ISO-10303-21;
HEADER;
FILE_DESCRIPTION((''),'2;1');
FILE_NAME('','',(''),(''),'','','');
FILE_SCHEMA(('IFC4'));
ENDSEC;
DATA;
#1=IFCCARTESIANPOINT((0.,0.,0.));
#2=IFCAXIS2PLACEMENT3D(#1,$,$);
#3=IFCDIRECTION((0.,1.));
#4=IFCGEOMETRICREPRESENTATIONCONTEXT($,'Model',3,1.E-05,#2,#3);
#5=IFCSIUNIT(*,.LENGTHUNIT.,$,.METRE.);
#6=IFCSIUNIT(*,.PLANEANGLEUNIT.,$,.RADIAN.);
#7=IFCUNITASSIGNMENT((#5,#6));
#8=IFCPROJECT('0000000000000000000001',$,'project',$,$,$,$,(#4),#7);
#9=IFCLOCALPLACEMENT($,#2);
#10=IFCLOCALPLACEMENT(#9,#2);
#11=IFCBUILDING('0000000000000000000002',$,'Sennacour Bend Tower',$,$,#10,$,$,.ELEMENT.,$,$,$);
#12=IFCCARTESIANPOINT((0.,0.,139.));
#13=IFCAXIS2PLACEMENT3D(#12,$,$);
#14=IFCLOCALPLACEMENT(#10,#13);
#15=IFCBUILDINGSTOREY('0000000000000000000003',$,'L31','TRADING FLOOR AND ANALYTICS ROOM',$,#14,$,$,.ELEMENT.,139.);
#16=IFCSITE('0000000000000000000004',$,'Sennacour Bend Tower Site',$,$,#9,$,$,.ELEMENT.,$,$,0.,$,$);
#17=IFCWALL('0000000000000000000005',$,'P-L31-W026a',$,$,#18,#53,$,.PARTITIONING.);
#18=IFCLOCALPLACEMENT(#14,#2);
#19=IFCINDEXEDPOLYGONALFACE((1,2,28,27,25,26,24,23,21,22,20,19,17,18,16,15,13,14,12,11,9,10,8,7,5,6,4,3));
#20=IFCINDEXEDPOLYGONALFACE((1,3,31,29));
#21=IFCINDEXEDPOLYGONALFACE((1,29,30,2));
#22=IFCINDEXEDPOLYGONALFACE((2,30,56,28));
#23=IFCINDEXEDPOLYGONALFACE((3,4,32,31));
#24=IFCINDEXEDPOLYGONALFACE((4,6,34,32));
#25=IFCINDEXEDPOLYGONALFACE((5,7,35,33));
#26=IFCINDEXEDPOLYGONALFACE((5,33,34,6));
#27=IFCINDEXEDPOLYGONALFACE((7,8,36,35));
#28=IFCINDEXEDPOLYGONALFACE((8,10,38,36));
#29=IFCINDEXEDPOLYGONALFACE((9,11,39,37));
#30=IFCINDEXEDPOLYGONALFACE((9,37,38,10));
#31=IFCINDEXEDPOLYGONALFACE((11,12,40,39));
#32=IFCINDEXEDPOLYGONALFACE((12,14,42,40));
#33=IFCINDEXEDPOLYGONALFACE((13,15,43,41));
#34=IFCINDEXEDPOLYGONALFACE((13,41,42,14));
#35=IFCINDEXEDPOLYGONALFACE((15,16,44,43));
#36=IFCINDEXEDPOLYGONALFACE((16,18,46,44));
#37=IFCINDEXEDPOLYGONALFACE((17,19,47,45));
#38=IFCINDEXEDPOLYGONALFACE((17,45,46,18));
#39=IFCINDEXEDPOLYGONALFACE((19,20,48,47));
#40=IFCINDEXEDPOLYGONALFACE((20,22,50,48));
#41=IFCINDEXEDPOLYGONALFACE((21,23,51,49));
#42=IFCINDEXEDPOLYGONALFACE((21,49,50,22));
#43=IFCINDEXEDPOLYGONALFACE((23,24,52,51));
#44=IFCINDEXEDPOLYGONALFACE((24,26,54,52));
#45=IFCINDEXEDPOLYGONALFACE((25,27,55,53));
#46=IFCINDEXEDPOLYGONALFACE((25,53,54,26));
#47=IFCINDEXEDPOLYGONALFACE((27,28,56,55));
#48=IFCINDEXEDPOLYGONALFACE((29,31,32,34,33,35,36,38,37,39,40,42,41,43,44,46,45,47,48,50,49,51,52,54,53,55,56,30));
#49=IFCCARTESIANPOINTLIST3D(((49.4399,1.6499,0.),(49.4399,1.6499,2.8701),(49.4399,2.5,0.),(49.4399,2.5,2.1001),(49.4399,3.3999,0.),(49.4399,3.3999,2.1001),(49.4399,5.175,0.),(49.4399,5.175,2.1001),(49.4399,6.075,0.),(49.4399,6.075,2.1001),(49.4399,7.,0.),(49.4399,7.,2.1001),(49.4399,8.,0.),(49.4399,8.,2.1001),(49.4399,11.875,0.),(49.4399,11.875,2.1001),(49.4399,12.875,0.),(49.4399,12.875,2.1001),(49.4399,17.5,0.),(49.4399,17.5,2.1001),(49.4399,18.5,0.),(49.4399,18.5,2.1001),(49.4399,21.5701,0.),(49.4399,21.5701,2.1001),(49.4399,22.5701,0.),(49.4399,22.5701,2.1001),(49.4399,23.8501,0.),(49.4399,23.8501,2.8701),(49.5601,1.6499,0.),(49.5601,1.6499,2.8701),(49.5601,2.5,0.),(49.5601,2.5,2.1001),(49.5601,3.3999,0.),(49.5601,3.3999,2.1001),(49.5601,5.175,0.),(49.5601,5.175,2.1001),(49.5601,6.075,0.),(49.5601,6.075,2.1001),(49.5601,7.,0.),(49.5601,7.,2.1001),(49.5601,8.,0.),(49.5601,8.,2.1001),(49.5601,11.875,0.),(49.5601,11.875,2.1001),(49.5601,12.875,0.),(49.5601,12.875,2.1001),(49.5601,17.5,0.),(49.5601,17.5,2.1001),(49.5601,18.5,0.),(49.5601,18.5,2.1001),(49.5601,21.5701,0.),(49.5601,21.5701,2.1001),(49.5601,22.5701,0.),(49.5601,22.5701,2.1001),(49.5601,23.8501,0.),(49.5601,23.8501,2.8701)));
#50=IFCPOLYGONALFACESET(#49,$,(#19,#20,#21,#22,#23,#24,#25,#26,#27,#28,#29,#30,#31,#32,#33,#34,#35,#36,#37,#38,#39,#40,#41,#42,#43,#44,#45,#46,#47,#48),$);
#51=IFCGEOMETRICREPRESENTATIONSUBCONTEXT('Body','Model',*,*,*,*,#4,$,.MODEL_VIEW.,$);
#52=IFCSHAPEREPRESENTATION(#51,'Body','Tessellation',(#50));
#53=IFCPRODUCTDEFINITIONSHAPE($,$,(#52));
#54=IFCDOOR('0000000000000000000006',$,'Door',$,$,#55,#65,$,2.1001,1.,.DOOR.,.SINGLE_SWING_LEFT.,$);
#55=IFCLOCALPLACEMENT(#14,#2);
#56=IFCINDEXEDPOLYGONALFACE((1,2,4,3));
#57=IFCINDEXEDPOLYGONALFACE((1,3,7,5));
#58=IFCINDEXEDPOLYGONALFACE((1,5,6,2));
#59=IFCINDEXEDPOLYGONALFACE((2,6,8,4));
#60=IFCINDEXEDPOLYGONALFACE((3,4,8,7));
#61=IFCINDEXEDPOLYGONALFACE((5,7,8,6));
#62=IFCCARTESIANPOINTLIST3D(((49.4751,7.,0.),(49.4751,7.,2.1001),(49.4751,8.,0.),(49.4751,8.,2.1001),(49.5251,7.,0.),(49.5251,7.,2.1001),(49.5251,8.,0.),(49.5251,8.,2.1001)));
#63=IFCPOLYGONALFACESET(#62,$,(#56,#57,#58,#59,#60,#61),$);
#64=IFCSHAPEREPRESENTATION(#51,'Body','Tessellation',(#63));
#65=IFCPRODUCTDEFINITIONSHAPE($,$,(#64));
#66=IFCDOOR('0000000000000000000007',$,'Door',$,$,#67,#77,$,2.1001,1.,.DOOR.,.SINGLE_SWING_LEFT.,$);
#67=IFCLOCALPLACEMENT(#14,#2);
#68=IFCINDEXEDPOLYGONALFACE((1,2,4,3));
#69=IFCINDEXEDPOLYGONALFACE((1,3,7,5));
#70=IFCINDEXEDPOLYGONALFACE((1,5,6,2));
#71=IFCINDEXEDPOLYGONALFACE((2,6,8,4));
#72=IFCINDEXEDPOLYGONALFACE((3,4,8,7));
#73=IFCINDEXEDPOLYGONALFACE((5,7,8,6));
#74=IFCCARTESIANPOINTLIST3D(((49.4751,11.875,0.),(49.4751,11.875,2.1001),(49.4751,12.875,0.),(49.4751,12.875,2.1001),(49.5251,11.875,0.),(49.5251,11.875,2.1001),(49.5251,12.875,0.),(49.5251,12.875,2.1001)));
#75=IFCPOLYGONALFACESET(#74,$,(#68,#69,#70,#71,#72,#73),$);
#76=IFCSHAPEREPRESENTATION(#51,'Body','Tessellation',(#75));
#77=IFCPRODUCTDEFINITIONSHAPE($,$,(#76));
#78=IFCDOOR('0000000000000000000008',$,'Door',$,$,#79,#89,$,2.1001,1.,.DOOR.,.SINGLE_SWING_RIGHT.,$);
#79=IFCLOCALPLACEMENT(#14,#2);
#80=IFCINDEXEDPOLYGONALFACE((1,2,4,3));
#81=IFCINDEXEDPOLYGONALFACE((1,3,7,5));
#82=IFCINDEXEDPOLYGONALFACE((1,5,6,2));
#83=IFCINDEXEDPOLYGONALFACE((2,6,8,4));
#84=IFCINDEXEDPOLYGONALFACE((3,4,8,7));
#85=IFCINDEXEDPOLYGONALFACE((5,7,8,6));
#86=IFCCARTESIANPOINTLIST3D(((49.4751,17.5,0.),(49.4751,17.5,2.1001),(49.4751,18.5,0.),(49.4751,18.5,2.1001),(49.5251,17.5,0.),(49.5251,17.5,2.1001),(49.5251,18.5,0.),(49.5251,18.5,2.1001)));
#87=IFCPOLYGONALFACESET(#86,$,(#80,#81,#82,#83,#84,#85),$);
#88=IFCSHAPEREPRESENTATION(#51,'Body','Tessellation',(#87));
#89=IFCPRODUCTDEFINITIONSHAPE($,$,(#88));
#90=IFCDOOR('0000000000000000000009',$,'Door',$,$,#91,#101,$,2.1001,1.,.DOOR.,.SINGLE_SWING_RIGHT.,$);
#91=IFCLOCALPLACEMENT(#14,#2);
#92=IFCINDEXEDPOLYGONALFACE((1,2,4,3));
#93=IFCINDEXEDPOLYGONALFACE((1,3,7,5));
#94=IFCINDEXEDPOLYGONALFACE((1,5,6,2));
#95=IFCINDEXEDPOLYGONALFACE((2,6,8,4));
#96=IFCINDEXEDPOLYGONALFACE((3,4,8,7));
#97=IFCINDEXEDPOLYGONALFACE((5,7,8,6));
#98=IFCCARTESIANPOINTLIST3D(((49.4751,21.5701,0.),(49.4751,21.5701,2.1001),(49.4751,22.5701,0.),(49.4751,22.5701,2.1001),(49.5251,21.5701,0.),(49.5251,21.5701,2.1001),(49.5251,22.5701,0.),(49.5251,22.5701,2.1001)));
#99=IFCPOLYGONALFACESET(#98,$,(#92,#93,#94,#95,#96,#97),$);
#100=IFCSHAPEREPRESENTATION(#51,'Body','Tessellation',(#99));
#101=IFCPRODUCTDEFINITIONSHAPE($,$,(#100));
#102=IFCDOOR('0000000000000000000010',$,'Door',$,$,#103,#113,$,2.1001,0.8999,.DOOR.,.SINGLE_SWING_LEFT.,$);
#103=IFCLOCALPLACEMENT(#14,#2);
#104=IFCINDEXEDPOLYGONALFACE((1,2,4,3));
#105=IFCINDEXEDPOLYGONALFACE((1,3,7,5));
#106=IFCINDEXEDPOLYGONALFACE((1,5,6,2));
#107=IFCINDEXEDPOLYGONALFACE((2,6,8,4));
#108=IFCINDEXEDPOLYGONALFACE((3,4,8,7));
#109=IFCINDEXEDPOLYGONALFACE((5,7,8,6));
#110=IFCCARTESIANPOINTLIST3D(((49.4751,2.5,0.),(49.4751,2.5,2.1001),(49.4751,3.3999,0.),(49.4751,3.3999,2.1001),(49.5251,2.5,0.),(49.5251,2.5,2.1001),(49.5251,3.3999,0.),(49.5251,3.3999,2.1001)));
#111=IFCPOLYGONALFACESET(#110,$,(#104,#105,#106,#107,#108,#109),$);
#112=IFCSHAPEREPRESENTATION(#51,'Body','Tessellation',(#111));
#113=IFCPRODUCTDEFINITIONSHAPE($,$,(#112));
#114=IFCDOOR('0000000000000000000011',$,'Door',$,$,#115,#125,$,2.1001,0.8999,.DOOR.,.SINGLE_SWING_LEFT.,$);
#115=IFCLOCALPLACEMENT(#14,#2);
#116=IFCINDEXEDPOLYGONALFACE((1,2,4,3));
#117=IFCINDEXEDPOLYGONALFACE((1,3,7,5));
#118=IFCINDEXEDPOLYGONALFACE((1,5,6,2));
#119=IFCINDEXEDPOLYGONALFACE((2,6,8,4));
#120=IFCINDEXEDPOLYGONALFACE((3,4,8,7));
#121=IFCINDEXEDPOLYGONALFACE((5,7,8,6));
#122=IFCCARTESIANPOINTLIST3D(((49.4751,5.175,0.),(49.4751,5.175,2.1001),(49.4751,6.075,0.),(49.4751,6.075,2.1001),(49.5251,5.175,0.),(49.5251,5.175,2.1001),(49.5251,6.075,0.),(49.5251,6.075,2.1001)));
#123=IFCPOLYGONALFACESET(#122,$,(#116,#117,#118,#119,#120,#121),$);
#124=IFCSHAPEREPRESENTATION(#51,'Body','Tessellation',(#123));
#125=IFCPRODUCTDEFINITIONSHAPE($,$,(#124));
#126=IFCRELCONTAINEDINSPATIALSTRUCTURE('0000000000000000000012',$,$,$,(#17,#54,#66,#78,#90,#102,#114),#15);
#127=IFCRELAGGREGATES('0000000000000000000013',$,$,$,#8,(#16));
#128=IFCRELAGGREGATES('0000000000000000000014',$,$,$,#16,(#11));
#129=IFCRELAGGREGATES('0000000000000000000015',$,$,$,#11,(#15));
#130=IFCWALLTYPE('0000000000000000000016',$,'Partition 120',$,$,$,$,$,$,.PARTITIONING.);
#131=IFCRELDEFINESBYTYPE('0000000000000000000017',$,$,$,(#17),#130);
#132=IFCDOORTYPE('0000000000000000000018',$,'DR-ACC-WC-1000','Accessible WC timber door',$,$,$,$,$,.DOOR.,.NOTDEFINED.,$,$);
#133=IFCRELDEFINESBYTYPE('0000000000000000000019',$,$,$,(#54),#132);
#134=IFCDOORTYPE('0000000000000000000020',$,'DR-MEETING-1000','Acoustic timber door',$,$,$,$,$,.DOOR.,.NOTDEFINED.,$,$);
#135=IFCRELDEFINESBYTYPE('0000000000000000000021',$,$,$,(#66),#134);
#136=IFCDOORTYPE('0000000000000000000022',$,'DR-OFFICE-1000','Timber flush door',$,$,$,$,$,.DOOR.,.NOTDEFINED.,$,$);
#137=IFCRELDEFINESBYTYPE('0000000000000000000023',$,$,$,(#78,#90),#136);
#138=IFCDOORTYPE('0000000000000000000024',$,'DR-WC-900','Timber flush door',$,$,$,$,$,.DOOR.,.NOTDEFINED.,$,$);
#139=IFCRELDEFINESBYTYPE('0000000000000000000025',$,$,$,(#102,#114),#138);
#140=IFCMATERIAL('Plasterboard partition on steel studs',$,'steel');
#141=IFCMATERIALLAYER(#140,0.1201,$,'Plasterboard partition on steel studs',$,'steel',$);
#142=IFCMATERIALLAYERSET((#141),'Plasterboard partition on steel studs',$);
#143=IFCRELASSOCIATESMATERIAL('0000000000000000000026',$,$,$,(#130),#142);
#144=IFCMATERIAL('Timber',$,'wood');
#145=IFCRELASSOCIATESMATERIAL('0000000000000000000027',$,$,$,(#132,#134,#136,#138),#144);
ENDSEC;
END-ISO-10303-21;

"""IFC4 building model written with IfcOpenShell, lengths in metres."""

from ifc_helpers import new_model, si_unit, direction, frame, frame_2d, origin, place, context, subcontext, project, spatial, rectangle, extrude, material, layer, layer_set, type_object, element, fill, save


model = new_model("IFC4")

# Units and contexts
model_context = context("Model", 3, precision=1e-05, world=origin(), true_north=direction((0.0, 1.0)))
body_context = subcontext(model_context, "Body", "Model", "MODEL_VIEW")
ifc_project = project(units=[si_unit("LENGTHUNIT", "METRE"), si_unit("PLANEANGLEUNIT", "RADIAN")], contexts=[model_context])

# Site, building, storey
site_placement = place(None, origin())
site = spatial("IfcSite", under=ifc_project, at=site_placement, Name="Sennacour Bend Tower Site", CompositionType="ELEMENT", RefElevation=0.0)
building_placement = place(site_placement, origin())
building = spatial("IfcBuilding", under=site, at=building_placement, Name="Sennacour Bend Tower", CompositionType="ELEMENT")
storey_placement = place(building_placement, frame((0.0, 0.0, 139.0)))
storey = spatial("IfcBuildingStorey", under=building, at=storey_placement, Name="L31", Description="TRADING FLOOR AND ANALYTICS ROOM", CompositionType="ELEMENT", Elevation=139.0)

# Wall, openings, doors
ifc_material_1 = material(Name="Plasterboard partition on steel studs", Category="steel")
ifc_layer_1 = layer(ifc_material_1, 0.1201, Name="Plasterboard partition on steel studs", Category="steel")
ifc_layer_set_1 = layer_set([ifc_layer_1], Name="Plasterboard partition on steel studs")
wall_type_1 = type_object("IfcWallType", Name="Partition 120", PredefinedType="PARTITIONING", material=ifc_layer_set_1)
wall_1_placement = place(storey_placement, frame((49.5, 1.6499, 0.0), z_axis=(0.0, 0.0, 1.0), x_axis=(0.0, 1.0, 0.0)))
wall_1 = element("IfcWall", 1, at=wall_1_placement, inside=storey, type_object=wall_type_1, Name="P-L31-W026a", PredefinedType="PARTITIONING", context=body_context, shape_type="SweptSolid", body=[
    extrude(rectangle(XDim=22.2002, YDim=0.1201, at=frame_2d((11.1001, 0.0))), origin(), (0.0, 0.0, 1.0), 2.8701),
])
opening_1_placement = place(wall_1_placement, frame((0.8501, 0.0, 0.0)))
opening_1 = element("IfcOpeningElement", 2, at=opening_1_placement, cuts=wall_1, PredefinedType="OPENING", context=body_context, shape_type="SweptSolid", body=[
    extrude(rectangle(XDim=0.8999, YDim=2.1001, at=frame_2d((0.45, 1.05))), frame((0.0, 0.0701, 0.0), z_axis=(0.0, -1.0, 0.0), x_axis=(1.0, 0.0, 0.0)), (0.0, 0.0, 1.0), 0.1401),
])
opening_2_placement = place(wall_1_placement, frame((3.5251, 0.0, 0.0)))
opening_2 = element("IfcOpeningElement", 3, at=opening_2_placement, cuts=wall_1, PredefinedType="OPENING", context=body_context, shape_type="SweptSolid", body=[
    extrude(rectangle(XDim=0.8999, YDim=2.1001, at=frame_2d((0.45, 1.05))), frame((0.0, 0.0701, 0.0), z_axis=(0.0, -1.0, 0.0), x_axis=(1.0, 0.0, 0.0)), (0.0, 0.0, 1.0), 0.1401),
])
opening_3_placement = place(wall_1_placement, frame((5.3501, 0.0, 0.0)))
opening_3 = element("IfcOpeningElement", 4, at=opening_3_placement, cuts=wall_1, PredefinedType="OPENING", context=body_context, shape_type="SweptSolid", body=[
    extrude(rectangle(XDim=1.0, YDim=2.1001, at=frame_2d((0.5, 1.05))), frame((0.0, 0.0701, 0.0), z_axis=(0.0, -1.0, 0.0), x_axis=(1.0, 0.0, 0.0)), (0.0, 0.0, 1.0), 0.1401),
])
opening_4_placement = place(wall_1_placement, frame((10.2251, 0.0, 0.0)))
opening_4 = element("IfcOpeningElement", 5, at=opening_4_placement, cuts=wall_1, PredefinedType="OPENING", context=body_context, shape_type="SweptSolid", body=[
    extrude(rectangle(XDim=1.0, YDim=2.1001, at=frame_2d((0.5, 1.05))), frame((0.0, 0.0701, 0.0), z_axis=(0.0, -1.0, 0.0), x_axis=(1.0, 0.0, 0.0)), (0.0, 0.0, 1.0), 0.1401),
])
opening_5_placement = place(wall_1_placement, frame((15.8501, 0.0, 0.0)))
opening_5 = element("IfcOpeningElement", 6, at=opening_5_placement, cuts=wall_1, PredefinedType="OPENING", context=body_context, shape_type="SweptSolid", body=[
    extrude(rectangle(XDim=1.0, YDim=2.1001, at=frame_2d((0.5, 1.05))), frame((0.0, 0.0701, 0.0), z_axis=(0.0, -1.0, 0.0), x_axis=(1.0, 0.0, 0.0)), (0.0, 0.0, 1.0), 0.1401),
])
opening_6_placement = place(wall_1_placement, frame((19.9202, 0.0, 0.0)))
opening_6 = element("IfcOpeningElement", 7, at=opening_6_placement, cuts=wall_1, PredefinedType="OPENING", context=body_context, shape_type="SweptSolid", body=[
    extrude(rectangle(XDim=1.0, YDim=2.1001, at=frame_2d((0.5, 1.05))), frame((0.0, 0.0701, 0.0), z_axis=(0.0, -1.0, 0.0), x_axis=(1.0, 0.0, 0.0)), (0.0, 0.0, 1.0), 0.1401),
])
ifc_material_2 = material(Name="Timber", Category="wood")
door_type_1 = type_object("IfcDoorType", Name="DR-ACC-WC-1000", Description="Accessible WC timber door", OperationType="NOTDEFINED", PredefinedType="DOOR", material=ifc_material_2)
door_1_placement = place(opening_3_placement, origin())
door_1 = element("IfcDoor", 8, at=door_1_placement, inside=storey, type_object=door_type_1, Name="Door", OperationType="SINGLE_SWING_LEFT", OverallHeight=2.1001, OverallWidth=1.0, PredefinedType="DOOR", context=body_context, shape_type="SweptSolid", body=[
    extrude(rectangle(XDim=1.0, YDim=2.1001, at=frame_2d((0.5, 1.05))), frame((0.0, 0.0249, 0.0), z_axis=(0.0, -1.0, 0.0), x_axis=(1.0, 0.0, 0.0)), (0.0, 0.0, 1.0), 0.05),
])
fill(opening_3, door_1)
door_type_2 = type_object("IfcDoorType", Name="DR-MEETING-1000", Description="Acoustic timber door", OperationType="NOTDEFINED", PredefinedType="DOOR", material=ifc_material_2)
door_2_placement = place(opening_4_placement, origin())
door_2 = element("IfcDoor", 9, at=door_2_placement, inside=storey, type_object=door_type_2, Name="Door", OperationType="SINGLE_SWING_LEFT", OverallHeight=2.1001, OverallWidth=1.0, PredefinedType="DOOR", context=body_context, shape_type="SweptSolid", body=[
    extrude(rectangle(XDim=1.0, YDim=2.1001, at=frame_2d((0.5, 1.05))), frame((0.0, 0.0249, 0.0), z_axis=(0.0, -1.0, 0.0), x_axis=(1.0, 0.0, 0.0)), (0.0, 0.0, 1.0), 0.05),
])
fill(opening_4, door_2)
door_type_3 = type_object("IfcDoorType", Name="DR-OFFICE-1000", Description="Timber flush door", OperationType="NOTDEFINED", PredefinedType="DOOR", material=ifc_material_2)
door_3_placement = place(opening_5_placement, origin())
door_3 = element("IfcDoor", 10, at=door_3_placement, inside=storey, type_object=door_type_3, Name="Door", OperationType="SINGLE_SWING_RIGHT", OverallHeight=2.1001, OverallWidth=1.0, PredefinedType="DOOR", context=body_context, shape_type="SweptSolid", body=[
    extrude(rectangle(XDim=1.0, YDim=2.1001, at=frame_2d((0.5, 1.05))), frame((0.0, 0.0249, 0.0), z_axis=(0.0, -1.0, 0.0), x_axis=(1.0, 0.0, 0.0)), (0.0, 0.0, 1.0), 0.05),
])
fill(opening_5, door_3)
door_4_placement = place(opening_6_placement, origin())
door_4 = element("IfcDoor", 11, at=door_4_placement, inside=storey, type_object=door_type_3, Name="Door", OperationType="SINGLE_SWING_RIGHT", OverallHeight=2.1001, OverallWidth=1.0, PredefinedType="DOOR", context=body_context, shape_type="SweptSolid", body=[
    extrude(rectangle(XDim=1.0, YDim=2.1001, at=frame_2d((0.5, 1.05))), frame((0.0, 0.0249, 0.0), z_axis=(0.0, -1.0, 0.0), x_axis=(1.0, 0.0, 0.0)), (0.0, 0.0, 1.0), 0.05),
])
fill(opening_6, door_4)
door_type_4 = type_object("IfcDoorType", Name="DR-WC-900", Description="Timber flush door", OperationType="NOTDEFINED", PredefinedType="DOOR", material=ifc_material_2)
door_5_placement = place(opening_1_placement, origin())
door_5 = element("IfcDoor", 12, at=door_5_placement, inside=storey, type_object=door_type_4, Name="Door", OperationType="SINGLE_SWING_LEFT", OverallHeight=2.1001, OverallWidth=0.8999, PredefinedType="DOOR", context=body_context, shape_type="SweptSolid", body=[
    extrude(rectangle(XDim=0.8999, YDim=2.1001, at=frame_2d((0.45, 1.05))), frame((0.0, 0.0249, 0.0), z_axis=(0.0, -1.0, 0.0), x_axis=(1.0, 0.0, 0.0)), (0.0, 0.0, 1.0), 0.05),
])
fill(opening_1, door_5)
door_6_placement = place(opening_2_placement, origin())
door_6 = element("IfcDoor", 13, at=door_6_placement, inside=storey, type_object=door_type_4, Name="Door", OperationType="SINGLE_SWING_LEFT", OverallHeight=2.1001, OverallWidth=0.8999, PredefinedType="DOOR", context=body_context, shape_type="SweptSolid", body=[
    extrude(rectangle(XDim=0.8999, YDim=2.1001, at=frame_2d((0.45, 1.05))), frame((0.0, 0.0249, 0.0), z_axis=(0.0, -1.0, 0.0), x_axis=(1.0, 0.0, 0.0)), (0.0, 0.0, 1.0), 0.05),
])
fill(opening_2, door_6)

save(model, "model.ifc")
